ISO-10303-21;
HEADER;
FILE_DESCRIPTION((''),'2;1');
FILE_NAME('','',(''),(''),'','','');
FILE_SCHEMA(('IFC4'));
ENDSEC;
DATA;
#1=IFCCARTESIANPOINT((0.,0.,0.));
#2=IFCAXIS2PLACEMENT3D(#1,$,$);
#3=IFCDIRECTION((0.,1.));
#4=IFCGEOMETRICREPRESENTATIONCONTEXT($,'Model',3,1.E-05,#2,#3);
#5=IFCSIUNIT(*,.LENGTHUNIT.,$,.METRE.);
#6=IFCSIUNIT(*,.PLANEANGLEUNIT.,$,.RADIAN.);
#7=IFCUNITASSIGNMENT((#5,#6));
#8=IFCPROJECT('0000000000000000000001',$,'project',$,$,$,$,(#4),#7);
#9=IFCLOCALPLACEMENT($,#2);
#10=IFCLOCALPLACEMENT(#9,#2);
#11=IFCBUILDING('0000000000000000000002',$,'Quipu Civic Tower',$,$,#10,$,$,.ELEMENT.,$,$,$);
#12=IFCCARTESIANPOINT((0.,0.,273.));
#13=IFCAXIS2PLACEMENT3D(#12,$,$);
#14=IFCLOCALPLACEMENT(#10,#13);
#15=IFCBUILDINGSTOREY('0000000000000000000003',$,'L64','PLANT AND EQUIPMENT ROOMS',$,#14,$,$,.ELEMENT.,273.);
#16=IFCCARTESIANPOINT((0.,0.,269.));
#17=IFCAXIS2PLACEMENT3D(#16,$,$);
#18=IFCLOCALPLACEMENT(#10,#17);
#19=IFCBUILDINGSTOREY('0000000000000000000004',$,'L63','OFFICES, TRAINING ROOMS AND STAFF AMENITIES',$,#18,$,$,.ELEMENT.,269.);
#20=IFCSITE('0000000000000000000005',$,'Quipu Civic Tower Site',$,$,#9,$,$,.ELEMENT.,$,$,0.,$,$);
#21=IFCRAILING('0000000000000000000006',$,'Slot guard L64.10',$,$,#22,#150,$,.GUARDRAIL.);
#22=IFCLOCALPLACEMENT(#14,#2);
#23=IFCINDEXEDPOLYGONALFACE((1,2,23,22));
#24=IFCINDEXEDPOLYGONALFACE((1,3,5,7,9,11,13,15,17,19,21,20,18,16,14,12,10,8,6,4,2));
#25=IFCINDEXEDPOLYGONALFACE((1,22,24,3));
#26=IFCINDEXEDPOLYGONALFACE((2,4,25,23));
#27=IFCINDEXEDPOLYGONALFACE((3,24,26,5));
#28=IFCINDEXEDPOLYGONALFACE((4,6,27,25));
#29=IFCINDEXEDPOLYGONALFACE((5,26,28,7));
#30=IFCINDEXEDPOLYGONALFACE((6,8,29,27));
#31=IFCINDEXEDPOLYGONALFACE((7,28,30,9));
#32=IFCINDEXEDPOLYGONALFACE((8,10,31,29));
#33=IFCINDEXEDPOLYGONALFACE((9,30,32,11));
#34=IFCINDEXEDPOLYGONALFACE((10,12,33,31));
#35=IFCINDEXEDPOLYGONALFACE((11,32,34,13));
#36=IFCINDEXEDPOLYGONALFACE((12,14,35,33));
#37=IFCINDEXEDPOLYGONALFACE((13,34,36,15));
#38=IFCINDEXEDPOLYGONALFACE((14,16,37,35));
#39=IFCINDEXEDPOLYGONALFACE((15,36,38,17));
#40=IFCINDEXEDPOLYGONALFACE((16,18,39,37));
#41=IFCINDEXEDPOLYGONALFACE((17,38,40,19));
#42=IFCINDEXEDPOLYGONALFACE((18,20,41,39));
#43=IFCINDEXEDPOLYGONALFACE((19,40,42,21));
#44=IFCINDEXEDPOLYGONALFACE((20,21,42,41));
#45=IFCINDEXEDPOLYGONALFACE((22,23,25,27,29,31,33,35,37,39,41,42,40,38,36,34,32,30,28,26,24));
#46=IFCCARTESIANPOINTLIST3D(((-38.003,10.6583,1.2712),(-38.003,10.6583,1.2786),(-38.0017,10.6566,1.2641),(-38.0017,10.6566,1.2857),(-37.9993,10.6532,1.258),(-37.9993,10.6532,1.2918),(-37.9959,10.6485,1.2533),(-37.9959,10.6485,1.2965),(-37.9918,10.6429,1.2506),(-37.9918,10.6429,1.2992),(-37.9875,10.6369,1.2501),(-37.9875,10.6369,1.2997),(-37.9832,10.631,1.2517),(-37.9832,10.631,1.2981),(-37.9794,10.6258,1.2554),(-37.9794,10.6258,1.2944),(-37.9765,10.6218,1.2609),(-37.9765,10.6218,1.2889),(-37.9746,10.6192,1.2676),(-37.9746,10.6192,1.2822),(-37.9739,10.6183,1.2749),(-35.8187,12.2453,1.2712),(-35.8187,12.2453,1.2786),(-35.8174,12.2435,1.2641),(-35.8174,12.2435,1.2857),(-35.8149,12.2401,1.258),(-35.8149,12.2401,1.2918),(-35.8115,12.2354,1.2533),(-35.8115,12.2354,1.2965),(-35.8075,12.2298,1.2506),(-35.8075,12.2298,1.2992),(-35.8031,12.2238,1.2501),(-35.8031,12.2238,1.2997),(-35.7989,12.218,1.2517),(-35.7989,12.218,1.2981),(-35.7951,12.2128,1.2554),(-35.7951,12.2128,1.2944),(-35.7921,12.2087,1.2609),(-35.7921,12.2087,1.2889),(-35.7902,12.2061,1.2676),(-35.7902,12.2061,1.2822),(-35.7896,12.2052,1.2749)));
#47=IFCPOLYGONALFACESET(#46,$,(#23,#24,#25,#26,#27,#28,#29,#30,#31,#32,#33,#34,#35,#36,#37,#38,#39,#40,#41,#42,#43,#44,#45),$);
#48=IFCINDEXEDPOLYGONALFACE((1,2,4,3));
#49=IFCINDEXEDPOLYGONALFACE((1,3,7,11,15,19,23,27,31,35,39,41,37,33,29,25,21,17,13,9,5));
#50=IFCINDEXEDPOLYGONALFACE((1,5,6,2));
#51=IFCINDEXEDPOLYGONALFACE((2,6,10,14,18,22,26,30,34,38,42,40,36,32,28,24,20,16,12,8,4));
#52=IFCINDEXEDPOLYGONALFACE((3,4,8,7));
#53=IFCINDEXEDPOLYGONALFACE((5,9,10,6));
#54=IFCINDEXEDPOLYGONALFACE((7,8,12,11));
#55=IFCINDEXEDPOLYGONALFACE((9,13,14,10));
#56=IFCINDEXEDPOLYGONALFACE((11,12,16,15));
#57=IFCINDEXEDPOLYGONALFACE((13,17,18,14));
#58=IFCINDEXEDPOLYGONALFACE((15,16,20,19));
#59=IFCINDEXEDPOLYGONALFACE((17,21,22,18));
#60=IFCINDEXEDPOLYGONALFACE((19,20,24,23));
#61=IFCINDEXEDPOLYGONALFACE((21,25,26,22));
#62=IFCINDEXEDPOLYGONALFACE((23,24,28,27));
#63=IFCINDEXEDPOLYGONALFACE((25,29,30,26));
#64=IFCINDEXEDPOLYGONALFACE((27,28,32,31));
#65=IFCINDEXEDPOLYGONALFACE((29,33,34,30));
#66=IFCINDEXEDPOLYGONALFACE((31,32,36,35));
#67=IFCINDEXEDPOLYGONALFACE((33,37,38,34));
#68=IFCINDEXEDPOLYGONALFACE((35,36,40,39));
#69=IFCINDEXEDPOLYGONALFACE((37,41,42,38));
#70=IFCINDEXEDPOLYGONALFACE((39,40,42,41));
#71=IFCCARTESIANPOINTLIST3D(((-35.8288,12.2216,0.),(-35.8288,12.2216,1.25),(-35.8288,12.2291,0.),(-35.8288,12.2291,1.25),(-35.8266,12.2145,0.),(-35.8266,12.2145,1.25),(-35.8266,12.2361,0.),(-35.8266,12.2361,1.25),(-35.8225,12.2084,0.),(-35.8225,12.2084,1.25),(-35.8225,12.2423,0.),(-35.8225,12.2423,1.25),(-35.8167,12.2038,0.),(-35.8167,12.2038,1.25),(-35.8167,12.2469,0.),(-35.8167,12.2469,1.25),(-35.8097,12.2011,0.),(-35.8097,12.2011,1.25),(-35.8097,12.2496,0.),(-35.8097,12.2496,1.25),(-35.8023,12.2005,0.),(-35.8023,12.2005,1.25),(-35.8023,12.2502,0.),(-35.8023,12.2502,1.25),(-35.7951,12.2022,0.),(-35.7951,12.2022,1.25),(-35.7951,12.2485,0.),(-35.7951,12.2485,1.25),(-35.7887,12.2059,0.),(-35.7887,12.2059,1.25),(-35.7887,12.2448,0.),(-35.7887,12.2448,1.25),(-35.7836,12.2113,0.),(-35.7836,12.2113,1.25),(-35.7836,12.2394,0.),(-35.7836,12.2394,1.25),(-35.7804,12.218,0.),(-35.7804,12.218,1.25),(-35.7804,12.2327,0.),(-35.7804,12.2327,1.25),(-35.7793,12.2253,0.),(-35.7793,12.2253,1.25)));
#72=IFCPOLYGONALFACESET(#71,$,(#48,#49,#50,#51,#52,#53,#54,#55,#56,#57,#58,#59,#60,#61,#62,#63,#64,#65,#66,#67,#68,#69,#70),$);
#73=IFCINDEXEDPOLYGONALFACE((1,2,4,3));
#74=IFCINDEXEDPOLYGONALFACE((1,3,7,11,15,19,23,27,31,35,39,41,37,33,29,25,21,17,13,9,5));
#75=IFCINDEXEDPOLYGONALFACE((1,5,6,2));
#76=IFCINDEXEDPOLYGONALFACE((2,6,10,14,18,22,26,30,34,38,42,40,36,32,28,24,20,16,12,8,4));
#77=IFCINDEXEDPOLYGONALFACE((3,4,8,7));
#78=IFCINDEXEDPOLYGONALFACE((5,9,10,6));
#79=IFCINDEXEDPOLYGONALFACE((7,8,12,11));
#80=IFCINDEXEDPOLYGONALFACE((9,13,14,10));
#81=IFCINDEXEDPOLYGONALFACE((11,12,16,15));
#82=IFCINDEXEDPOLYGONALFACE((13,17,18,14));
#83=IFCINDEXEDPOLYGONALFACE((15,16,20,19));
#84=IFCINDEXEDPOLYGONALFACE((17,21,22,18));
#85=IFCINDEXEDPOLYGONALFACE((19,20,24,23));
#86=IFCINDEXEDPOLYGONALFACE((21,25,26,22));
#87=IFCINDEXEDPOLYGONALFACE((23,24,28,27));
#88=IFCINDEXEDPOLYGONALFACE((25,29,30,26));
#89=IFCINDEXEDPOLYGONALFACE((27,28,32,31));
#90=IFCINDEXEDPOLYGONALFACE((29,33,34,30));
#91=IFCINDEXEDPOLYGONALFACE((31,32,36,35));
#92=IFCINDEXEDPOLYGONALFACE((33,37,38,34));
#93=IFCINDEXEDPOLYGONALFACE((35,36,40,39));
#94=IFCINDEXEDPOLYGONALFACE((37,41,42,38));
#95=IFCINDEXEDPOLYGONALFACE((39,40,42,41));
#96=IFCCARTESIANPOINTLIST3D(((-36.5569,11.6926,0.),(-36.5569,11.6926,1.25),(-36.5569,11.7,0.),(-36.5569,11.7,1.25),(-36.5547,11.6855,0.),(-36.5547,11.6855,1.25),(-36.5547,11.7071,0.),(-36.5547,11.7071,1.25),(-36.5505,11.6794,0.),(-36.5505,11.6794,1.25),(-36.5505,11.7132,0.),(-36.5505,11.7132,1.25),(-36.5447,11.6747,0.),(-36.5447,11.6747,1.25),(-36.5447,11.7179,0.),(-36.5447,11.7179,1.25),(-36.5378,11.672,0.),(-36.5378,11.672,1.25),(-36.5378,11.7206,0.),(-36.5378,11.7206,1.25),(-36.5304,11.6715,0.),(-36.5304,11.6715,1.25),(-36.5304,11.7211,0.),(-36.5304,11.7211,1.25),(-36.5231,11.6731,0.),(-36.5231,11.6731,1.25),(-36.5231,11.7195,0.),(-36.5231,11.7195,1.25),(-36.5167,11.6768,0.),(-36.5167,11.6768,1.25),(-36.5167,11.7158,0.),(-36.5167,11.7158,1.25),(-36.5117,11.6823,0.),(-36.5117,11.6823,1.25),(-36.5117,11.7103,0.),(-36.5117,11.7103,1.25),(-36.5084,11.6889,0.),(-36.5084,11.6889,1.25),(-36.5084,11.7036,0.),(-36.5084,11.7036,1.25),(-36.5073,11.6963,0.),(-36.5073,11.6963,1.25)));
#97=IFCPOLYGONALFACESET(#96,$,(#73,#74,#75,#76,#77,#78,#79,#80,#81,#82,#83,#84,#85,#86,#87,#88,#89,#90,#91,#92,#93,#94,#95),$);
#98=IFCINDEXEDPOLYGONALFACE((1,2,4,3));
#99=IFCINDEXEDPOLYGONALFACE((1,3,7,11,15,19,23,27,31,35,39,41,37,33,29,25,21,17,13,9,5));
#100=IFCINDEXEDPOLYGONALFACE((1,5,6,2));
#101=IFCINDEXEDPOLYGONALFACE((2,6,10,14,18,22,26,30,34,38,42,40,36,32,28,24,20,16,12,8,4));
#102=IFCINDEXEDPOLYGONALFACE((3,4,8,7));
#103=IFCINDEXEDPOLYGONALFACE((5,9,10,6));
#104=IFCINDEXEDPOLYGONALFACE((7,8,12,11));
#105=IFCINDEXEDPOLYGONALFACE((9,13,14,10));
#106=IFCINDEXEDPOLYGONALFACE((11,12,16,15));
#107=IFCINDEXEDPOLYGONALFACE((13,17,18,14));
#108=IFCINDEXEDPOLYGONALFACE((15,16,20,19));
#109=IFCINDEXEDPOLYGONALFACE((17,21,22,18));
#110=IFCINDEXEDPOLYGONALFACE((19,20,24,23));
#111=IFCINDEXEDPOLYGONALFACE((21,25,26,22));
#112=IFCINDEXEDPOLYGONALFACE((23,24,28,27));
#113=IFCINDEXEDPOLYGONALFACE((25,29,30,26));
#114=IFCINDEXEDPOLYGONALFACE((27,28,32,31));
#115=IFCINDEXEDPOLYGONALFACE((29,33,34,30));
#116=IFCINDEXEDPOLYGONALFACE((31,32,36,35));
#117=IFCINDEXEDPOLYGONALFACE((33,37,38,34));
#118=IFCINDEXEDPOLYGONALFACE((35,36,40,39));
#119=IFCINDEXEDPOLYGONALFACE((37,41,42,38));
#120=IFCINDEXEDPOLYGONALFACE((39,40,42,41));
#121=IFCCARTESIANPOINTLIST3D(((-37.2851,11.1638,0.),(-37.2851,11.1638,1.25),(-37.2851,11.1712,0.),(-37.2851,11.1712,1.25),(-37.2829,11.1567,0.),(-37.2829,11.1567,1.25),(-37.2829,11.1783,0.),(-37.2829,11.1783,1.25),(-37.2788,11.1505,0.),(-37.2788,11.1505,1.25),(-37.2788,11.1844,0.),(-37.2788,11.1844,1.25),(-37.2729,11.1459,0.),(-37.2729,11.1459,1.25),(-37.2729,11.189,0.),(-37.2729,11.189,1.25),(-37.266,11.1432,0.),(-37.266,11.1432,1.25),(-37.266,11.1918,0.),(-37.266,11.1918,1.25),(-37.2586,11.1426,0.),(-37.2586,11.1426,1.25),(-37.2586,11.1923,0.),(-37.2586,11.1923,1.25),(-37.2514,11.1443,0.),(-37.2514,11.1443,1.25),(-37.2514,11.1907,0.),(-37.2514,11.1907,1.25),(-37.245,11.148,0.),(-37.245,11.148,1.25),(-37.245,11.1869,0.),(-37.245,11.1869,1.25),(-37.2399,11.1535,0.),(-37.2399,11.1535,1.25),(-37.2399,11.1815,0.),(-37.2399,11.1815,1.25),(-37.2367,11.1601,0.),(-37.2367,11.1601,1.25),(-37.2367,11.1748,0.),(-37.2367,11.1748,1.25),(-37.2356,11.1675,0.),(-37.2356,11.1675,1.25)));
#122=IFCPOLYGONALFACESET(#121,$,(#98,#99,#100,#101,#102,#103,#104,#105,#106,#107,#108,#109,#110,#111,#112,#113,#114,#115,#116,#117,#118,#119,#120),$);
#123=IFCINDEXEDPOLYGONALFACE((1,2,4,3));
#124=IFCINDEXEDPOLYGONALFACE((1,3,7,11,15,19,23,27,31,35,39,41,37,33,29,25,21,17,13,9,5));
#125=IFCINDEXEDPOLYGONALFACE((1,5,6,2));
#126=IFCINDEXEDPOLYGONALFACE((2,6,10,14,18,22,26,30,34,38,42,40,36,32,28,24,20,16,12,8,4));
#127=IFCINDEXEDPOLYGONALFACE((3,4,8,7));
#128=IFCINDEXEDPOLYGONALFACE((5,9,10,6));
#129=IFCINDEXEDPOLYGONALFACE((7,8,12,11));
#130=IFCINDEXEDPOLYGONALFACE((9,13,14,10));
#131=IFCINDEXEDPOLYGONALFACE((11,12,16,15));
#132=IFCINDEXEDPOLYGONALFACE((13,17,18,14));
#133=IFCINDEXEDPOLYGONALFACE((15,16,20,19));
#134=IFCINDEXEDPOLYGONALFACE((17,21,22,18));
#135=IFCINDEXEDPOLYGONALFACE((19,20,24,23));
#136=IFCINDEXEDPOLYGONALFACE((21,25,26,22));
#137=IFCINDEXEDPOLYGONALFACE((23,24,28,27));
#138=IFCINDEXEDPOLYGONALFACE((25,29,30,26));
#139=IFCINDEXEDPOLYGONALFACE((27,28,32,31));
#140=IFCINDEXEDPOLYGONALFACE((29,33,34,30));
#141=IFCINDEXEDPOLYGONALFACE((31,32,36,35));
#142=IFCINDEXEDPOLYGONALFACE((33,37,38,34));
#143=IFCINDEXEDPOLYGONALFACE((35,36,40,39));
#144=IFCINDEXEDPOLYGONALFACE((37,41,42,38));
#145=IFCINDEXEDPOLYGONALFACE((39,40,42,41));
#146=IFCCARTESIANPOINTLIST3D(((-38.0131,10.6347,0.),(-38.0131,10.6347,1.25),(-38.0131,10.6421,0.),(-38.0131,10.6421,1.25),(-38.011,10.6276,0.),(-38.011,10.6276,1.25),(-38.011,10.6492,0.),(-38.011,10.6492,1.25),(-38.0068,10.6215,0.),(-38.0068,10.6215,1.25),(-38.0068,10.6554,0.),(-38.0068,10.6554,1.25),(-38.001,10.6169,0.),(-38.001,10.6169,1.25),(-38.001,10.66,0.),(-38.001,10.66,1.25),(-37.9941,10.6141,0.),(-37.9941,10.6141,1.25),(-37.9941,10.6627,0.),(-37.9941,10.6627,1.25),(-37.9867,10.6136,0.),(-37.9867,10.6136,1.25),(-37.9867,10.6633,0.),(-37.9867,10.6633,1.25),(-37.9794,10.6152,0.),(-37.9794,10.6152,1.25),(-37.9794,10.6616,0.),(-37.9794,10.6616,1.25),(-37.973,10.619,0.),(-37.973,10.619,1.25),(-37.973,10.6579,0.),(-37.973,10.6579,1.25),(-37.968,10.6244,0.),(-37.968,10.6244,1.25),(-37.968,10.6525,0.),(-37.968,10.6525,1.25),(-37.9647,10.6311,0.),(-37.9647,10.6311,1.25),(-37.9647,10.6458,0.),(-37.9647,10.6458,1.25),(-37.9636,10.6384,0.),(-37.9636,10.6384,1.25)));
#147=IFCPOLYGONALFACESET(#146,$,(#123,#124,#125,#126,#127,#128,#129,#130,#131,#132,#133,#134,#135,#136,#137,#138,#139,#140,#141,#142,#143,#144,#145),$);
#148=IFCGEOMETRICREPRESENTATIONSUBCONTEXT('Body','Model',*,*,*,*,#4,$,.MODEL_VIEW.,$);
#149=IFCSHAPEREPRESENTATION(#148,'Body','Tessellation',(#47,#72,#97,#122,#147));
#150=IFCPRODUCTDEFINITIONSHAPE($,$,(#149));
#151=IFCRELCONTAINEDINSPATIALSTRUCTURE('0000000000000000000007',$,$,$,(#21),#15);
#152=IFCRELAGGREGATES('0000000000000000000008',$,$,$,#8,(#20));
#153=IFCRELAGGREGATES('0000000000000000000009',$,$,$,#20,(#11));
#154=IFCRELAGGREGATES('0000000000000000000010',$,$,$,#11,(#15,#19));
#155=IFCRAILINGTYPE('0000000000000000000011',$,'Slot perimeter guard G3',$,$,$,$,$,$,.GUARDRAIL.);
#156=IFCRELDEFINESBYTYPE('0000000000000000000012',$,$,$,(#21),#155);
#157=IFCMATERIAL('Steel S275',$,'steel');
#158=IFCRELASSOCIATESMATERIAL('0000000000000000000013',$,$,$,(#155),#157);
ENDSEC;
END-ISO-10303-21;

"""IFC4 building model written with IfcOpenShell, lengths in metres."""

from ifc_helpers import new_model, si_unit, direction, frame, origin, origin_2d, place, context, subcontext, project, spatial, circle, extrude, material, type_object, element, save


model = new_model("IFC4")

# Units and contexts
model_context = context("Model", 3, precision=1e-05, world=origin(), true_north=direction((0.0, 1.0)))
body_context = subcontext(model_context, "Body", "Model", "MODEL_VIEW")
ifc_project = project(units=[si_unit("LENGTHUNIT", "METRE"), si_unit("PLANEANGLEUNIT", "RADIAN")], contexts=[model_context])

# Site, building, storey
site_placement = place(None, origin())
site = spatial("IfcSite", under=ifc_project, at=site_placement, Name="Quipu Civic Tower Site", CompositionType="ELEMENT", RefElevation=0.0)
building_placement = place(site_placement, origin())
building = spatial("IfcBuilding", under=site, at=building_placement, Name="Quipu Civic Tower", CompositionType="ELEMENT")
storey_1_placement = place(building_placement, frame((0.0, 0.0, 273.0)))
storey_1 = spatial("IfcBuildingStorey", under=building, at=storey_1_placement, Name="L64", Description="PLANT AND EQUIPMENT ROOMS", CompositionType="ELEMENT", Elevation=273.0)

# Shared definitions
storey_2_placement = place(building_placement, frame((0.0, 0.0, 269.0)))
storey_2 = spatial("IfcBuildingStorey", under=building, at=storey_2_placement, Name="L63", Description="OFFICES, TRAINING ROOMS AND STAFF AMENITIES", CompositionType="ELEMENT", Elevation=269.0)

# Railing
ifc_material_1 = material(Name="Steel S275", Category="steel")
railing_type = type_object("IfcRailingType", Name="Slot perimeter guard G3", PredefinedType="GUARDRAIL", material=ifc_material_1)
railing_1_placement = place(storey_1_placement, frame((-35.8042, 12.2253, 0.0)))
element("IfcRailing", 1, at=railing_1_placement, inside=storey_1, type_object=railing_type, Name="Slot guard L64.10", PredefinedType="GUARDRAIL", context=body_context, shape_type="SweptSolid", body=[
    extrude(circle(Radius=0.0249, at=origin_2d()), frame((0.0, 0.0, 1.2749), z_axis=(-0.809033, -0.587763, 0.0), x_axis=(0.587763, -0.809033, 0.0)), (0.0, 0.0, 1.0), 2.7),
    extrude(circle(Radius=0.0249, at=origin_2d()), origin(), (0.0, 0.0, 1.0), 1.25),
    extrude(circle(Radius=0.0249, at=origin_2d()), frame((-0.728, -0.5291, 0.0)), (0.0, 0.0, 1.0), 1.25),
    extrude(circle(Radius=0.0249, at=origin_2d()), frame((-1.4563, -1.0579, 0.0)), (0.0, 0.0, 1.0), 1.25),
    extrude(circle(Radius=0.0249, at=origin_2d()), frame((-2.1843, -1.5869, 0.0)), (0.0, 0.0, 1.0), 1.25),
])

save(model, "model.ifc")
